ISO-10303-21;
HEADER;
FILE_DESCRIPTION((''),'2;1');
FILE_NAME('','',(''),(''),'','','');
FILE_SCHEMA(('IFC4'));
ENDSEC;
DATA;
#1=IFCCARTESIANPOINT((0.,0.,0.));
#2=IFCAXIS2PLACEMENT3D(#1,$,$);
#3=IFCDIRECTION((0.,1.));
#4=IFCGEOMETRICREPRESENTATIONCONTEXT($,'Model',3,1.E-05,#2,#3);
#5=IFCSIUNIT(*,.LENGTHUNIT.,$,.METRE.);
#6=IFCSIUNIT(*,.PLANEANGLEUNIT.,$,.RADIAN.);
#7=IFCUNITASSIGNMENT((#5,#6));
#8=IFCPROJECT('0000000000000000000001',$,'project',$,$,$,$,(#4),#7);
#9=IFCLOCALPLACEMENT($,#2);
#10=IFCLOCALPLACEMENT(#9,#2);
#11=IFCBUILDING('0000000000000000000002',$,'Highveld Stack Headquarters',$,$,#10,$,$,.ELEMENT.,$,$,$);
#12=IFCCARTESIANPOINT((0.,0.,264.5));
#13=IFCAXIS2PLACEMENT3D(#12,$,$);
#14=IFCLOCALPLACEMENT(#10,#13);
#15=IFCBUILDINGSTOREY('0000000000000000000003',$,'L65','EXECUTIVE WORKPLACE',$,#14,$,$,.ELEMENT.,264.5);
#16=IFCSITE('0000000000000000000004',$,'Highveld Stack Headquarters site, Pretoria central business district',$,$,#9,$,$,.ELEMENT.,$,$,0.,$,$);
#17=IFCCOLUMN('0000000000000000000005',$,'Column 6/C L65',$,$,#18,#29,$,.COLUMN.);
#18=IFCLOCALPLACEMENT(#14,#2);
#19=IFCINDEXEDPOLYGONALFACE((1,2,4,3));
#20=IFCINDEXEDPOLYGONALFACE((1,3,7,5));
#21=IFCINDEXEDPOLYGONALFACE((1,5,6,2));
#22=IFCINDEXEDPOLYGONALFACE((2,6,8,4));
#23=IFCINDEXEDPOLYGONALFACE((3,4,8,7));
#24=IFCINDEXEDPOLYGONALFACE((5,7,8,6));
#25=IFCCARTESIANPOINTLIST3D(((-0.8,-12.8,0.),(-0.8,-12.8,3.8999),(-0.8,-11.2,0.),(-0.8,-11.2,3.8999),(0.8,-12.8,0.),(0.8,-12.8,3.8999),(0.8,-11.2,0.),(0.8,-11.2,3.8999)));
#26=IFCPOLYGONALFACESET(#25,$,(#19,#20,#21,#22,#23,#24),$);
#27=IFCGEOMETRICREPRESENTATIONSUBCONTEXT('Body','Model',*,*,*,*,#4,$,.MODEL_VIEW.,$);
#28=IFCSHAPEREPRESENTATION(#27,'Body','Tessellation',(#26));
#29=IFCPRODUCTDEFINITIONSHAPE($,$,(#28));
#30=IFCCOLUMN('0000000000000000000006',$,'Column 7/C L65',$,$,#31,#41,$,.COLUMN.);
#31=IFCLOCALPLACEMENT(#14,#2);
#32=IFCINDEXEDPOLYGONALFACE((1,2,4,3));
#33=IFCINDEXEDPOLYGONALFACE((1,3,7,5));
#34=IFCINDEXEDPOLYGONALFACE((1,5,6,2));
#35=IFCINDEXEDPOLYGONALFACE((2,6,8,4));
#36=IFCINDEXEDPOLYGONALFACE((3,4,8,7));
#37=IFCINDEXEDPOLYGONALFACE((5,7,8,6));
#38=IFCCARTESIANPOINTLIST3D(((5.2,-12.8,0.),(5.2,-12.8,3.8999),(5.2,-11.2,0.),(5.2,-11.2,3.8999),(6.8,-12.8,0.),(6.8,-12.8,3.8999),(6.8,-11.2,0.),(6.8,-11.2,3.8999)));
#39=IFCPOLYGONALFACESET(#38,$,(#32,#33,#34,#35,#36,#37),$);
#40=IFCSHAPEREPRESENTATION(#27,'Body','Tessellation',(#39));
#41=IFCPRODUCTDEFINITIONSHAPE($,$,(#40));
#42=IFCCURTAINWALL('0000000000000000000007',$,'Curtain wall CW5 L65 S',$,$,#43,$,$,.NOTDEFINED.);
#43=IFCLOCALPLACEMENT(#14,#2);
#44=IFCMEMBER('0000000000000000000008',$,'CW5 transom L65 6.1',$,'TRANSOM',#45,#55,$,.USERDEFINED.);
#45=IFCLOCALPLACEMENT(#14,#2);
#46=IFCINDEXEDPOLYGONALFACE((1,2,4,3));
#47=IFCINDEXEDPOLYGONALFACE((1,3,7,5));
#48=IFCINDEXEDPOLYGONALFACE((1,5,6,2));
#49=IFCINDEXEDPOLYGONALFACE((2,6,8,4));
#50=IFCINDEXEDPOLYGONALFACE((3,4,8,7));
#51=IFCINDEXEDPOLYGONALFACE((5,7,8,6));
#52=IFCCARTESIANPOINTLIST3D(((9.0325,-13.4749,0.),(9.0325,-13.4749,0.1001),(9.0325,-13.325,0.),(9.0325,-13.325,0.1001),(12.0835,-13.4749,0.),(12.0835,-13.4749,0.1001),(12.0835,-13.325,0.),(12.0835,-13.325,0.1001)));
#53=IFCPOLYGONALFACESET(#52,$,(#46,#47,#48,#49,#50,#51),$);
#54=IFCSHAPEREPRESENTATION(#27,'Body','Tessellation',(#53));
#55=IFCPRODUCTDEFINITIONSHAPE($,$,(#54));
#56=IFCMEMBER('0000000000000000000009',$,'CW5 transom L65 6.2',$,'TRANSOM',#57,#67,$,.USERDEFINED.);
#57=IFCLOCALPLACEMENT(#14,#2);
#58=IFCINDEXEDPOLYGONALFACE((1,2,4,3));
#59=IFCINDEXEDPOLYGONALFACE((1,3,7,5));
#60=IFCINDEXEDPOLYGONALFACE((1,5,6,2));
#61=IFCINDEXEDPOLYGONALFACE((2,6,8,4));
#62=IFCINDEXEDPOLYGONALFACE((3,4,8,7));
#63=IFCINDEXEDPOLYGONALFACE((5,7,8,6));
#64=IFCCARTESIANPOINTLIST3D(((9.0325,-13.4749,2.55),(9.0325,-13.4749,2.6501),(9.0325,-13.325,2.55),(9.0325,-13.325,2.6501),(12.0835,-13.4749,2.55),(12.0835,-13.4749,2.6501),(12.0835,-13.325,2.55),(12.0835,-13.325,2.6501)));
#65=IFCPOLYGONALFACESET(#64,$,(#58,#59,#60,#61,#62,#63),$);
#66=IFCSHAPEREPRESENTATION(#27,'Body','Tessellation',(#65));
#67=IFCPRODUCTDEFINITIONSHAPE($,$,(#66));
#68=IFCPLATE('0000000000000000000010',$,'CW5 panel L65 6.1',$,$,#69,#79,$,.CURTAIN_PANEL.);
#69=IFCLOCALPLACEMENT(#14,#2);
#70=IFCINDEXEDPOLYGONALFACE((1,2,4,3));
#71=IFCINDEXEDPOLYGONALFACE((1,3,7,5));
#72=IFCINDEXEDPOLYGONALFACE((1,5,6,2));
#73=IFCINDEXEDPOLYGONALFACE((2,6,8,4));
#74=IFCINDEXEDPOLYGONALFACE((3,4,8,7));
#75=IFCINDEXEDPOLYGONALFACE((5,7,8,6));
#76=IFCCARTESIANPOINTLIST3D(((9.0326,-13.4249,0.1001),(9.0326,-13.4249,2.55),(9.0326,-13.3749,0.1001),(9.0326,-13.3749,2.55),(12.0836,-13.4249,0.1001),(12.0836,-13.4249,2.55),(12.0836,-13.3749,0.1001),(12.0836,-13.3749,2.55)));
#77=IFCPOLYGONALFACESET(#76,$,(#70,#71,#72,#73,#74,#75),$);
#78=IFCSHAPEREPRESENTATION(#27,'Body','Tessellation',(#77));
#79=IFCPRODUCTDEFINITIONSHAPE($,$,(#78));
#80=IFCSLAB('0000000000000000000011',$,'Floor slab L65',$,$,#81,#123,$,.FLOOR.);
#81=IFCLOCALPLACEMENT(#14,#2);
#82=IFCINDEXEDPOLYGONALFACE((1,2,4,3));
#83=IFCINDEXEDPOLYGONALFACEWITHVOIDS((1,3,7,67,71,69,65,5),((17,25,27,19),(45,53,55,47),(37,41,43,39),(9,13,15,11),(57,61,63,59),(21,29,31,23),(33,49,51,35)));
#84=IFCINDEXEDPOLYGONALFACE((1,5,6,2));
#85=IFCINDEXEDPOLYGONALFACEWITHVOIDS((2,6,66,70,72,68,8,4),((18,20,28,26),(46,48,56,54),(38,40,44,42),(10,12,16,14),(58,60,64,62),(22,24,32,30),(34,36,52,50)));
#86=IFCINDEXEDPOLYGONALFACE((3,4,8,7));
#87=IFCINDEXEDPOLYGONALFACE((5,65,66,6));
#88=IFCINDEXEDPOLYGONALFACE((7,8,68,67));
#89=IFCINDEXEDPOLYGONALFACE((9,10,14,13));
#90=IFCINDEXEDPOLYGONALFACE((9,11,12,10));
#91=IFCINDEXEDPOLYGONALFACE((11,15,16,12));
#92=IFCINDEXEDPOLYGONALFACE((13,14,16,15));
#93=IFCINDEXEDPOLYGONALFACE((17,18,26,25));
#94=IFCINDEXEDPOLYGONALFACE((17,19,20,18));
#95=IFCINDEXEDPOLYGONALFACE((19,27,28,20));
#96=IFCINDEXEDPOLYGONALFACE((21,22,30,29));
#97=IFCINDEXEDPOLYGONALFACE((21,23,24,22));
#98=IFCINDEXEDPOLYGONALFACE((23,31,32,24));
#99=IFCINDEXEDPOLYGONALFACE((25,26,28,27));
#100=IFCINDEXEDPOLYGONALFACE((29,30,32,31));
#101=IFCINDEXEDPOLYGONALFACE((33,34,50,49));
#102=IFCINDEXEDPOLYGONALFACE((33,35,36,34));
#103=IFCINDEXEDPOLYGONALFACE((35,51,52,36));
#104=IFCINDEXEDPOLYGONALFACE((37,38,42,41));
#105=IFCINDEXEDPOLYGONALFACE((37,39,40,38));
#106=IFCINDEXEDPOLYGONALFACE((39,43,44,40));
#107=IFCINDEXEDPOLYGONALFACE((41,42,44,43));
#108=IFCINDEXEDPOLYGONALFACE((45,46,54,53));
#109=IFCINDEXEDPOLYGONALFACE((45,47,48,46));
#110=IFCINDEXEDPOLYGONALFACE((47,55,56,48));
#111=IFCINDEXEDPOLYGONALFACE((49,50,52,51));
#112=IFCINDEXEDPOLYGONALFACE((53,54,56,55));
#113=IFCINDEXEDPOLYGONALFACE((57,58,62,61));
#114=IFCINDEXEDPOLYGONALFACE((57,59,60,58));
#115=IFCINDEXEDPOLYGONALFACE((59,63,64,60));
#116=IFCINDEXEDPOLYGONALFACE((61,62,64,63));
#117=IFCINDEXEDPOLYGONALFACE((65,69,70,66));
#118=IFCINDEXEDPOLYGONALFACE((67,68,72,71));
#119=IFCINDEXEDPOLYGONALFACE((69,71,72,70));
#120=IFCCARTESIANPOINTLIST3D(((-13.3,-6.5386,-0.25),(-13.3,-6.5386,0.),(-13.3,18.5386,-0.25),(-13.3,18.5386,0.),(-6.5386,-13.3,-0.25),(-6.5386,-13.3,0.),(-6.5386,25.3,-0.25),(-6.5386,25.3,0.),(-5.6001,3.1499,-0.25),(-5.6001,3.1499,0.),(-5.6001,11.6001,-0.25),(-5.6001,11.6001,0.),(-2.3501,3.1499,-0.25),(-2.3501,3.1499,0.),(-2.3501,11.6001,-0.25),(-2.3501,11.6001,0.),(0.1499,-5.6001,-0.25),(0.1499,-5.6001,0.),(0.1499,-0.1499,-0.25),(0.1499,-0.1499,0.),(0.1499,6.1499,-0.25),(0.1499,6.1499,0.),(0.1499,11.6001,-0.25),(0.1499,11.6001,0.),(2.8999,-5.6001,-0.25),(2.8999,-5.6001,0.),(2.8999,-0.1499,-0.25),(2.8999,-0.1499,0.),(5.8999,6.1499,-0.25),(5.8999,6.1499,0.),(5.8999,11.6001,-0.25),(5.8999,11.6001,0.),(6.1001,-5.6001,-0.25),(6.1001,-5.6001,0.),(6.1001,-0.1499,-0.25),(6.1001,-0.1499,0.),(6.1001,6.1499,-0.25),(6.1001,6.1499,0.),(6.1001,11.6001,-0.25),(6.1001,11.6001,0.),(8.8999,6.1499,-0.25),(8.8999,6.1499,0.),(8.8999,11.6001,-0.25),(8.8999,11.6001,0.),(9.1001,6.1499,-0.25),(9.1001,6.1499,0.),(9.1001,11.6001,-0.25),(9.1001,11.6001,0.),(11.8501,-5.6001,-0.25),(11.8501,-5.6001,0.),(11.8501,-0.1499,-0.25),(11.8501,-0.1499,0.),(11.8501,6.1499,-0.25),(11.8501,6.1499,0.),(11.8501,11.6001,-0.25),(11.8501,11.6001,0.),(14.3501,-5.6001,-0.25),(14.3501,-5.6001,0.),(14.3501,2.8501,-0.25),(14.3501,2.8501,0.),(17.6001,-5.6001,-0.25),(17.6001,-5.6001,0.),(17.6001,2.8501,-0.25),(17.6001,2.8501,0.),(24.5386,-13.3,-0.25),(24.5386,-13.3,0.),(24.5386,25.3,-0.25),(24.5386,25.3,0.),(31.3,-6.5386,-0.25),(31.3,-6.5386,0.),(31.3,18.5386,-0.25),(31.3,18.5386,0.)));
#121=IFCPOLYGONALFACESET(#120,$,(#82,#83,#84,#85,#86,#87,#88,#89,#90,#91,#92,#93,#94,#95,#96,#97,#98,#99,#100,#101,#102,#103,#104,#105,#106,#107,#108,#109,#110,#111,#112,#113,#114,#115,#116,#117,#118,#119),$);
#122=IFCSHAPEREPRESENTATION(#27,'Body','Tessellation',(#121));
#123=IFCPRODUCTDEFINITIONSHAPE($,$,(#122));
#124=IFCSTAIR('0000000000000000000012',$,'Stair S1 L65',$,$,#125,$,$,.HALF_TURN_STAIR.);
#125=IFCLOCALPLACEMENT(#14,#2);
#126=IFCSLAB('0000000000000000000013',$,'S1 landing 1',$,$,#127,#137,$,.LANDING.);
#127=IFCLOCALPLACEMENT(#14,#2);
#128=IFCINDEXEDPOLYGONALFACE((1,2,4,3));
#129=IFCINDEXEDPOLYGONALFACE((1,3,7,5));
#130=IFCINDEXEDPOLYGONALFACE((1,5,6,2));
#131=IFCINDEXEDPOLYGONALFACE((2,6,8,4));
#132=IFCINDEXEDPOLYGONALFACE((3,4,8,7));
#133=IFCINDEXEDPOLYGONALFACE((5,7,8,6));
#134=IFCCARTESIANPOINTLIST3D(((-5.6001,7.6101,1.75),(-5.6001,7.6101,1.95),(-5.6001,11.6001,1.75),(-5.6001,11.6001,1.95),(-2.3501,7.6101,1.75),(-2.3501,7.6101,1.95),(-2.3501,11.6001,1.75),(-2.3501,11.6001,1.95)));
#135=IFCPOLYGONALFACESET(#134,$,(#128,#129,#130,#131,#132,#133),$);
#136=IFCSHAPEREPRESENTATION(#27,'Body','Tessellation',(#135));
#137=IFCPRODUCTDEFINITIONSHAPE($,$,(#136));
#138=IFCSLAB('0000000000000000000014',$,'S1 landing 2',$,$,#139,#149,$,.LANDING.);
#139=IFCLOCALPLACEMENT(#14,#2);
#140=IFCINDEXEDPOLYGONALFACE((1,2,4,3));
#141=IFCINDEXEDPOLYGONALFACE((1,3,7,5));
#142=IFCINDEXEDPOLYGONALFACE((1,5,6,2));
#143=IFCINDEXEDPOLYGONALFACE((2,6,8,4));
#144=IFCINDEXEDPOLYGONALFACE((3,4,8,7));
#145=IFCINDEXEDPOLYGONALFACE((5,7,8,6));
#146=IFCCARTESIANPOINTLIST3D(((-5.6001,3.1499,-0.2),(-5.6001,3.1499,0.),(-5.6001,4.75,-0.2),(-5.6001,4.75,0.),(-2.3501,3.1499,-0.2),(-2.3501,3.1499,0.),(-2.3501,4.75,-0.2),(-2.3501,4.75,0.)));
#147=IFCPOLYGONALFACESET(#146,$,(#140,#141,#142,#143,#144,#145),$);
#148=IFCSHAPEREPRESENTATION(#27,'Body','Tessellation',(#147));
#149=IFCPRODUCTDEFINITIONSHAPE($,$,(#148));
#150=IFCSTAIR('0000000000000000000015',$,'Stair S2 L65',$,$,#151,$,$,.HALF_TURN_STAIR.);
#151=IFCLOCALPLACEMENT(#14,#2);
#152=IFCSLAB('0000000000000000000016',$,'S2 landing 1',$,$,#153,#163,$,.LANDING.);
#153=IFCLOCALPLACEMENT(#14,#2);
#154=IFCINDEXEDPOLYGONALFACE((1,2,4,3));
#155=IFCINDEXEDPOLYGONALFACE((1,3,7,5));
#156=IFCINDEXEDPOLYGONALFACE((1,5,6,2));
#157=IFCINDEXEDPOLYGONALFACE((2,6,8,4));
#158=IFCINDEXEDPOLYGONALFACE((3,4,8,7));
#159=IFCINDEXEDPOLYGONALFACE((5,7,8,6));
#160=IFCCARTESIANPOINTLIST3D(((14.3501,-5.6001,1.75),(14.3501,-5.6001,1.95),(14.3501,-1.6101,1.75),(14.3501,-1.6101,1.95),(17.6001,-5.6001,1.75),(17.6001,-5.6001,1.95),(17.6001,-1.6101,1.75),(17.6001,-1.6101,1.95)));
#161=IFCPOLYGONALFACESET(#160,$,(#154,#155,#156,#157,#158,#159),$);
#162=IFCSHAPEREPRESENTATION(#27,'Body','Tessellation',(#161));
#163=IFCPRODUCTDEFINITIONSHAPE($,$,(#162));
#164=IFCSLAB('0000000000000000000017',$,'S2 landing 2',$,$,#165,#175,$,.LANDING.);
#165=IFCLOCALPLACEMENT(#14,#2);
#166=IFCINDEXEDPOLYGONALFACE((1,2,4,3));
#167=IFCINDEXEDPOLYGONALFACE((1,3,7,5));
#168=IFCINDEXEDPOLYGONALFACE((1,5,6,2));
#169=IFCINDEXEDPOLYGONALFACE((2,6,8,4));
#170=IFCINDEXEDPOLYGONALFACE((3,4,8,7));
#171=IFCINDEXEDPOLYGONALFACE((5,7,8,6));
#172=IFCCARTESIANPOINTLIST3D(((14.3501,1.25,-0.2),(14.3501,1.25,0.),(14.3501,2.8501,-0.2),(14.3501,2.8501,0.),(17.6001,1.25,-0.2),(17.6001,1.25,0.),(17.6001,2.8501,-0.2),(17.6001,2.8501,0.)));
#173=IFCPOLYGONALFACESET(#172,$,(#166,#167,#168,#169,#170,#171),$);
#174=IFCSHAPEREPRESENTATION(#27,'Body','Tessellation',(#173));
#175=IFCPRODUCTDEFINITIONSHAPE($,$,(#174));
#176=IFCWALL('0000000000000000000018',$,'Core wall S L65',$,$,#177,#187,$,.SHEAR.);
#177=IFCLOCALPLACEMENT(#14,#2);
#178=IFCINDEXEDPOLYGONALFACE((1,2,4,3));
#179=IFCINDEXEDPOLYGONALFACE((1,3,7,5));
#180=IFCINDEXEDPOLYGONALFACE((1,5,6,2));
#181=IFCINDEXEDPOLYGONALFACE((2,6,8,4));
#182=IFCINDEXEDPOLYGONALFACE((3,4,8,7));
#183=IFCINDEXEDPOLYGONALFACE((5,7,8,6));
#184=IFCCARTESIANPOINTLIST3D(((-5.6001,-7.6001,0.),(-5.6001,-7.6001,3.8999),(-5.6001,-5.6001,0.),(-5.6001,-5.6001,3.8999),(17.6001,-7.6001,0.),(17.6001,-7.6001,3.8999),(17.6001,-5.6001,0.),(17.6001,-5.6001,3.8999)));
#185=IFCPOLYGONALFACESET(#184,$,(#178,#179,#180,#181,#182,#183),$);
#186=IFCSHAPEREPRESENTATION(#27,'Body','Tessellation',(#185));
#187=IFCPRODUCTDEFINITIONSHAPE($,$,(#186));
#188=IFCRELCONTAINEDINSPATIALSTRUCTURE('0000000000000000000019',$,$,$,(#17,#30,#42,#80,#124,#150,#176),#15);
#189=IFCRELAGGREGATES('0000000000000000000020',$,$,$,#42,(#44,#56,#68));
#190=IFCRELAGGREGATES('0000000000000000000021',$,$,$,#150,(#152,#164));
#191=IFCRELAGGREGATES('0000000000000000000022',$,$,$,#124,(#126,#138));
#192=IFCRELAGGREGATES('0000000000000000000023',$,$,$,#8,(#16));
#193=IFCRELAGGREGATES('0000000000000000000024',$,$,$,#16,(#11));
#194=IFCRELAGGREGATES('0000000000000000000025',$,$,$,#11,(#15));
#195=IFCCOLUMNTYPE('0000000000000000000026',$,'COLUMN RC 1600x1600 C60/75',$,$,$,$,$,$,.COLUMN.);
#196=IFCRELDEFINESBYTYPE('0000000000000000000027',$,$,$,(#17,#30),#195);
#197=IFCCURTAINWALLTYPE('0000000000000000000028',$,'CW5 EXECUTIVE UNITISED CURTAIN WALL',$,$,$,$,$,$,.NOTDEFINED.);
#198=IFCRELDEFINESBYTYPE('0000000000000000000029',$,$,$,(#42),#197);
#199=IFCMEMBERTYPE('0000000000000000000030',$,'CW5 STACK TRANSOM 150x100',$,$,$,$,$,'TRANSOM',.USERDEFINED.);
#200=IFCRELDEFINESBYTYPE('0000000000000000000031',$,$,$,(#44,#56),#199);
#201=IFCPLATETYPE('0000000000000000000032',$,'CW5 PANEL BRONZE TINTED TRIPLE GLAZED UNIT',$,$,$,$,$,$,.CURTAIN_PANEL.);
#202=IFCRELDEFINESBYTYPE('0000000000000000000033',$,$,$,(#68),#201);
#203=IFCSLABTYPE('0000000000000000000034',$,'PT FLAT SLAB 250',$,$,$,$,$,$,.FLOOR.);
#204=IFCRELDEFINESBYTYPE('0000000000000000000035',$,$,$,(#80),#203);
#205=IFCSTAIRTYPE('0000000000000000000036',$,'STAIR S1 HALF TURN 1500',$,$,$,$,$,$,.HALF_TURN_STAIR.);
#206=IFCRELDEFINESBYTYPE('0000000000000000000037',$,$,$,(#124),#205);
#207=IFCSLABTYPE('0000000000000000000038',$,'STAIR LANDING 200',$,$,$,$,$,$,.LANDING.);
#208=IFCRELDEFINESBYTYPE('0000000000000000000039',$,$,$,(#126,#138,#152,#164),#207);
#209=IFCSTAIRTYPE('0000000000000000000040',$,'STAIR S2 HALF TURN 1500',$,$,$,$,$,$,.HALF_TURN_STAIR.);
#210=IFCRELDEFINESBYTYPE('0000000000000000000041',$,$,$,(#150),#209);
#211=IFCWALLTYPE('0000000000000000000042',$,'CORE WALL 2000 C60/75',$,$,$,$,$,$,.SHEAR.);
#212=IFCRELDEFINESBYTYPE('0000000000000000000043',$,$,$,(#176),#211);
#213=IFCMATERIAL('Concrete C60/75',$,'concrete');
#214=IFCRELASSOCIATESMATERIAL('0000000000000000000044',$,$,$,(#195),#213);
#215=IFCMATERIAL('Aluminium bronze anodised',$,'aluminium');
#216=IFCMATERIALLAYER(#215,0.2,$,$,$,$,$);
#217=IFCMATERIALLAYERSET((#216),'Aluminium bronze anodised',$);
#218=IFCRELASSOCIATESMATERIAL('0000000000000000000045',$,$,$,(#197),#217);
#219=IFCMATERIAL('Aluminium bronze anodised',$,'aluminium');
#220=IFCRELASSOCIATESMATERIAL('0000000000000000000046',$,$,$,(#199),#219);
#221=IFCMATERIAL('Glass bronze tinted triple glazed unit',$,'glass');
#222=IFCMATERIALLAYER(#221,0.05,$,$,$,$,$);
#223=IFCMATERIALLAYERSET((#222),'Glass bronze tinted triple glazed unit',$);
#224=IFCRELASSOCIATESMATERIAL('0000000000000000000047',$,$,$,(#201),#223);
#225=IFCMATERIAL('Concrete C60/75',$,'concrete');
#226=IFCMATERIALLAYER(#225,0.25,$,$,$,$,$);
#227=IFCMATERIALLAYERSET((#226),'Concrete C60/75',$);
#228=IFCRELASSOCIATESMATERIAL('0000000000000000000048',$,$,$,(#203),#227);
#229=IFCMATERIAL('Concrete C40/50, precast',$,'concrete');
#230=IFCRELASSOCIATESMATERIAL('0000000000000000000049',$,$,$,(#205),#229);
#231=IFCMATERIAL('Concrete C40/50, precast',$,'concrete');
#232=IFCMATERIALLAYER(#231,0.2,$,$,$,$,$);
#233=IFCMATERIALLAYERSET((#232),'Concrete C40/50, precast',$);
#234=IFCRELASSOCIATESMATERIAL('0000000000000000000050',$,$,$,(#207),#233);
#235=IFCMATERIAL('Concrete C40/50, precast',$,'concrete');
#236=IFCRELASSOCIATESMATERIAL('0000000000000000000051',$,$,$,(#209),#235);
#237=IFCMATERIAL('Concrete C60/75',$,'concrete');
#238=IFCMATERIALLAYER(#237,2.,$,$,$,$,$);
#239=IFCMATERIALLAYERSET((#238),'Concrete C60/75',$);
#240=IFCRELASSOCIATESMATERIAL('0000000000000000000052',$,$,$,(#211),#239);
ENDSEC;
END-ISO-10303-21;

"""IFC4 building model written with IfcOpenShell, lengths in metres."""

from ifc_helpers import new_model, si_unit, direction, frame, frame_2d, origin, origin_2d, place, context, subcontext, project, spatial, polyline, rectangle, outline, extrude, material, layer, layer_set, material_profile, profile_set, type_object, element, aggregate, save


model = new_model("IFC4")

# Units and contexts
model_context = context("Model", 3, precision=1e-05, world=origin(), true_north=direction((0.0, 1.0)))
body_context = subcontext(model_context, "Body", "Model", "MODEL_VIEW")
ifc_project = project(units=[si_unit("LENGTHUNIT", "METRE"), si_unit("PLANEANGLEUNIT", "RADIAN")], contexts=[model_context])

# Site, building, storey
site_placement = place(None, origin())
site = spatial("IfcSite", under=ifc_project, at=site_placement, Name="Highveld Stack Headquarters site, Pretoria central business district", CompositionType="ELEMENT", RefElevation=0.0)
building_placement = place(site_placement, origin())
building = spatial("IfcBuilding", under=site, at=building_placement, Name="Highveld Stack Headquarters", CompositionType="ELEMENT")
storey_placement = place(building_placement, frame((0.0, 0.0, 264.5)))
storey = spatial("IfcBuildingStorey", under=building, at=storey_placement, Name="L65", Description="EXECUTIVE WORKPLACE", CompositionType="ELEMENT", Elevation=264.5)

# Columns
ifc_material_1 = material(Name="Concrete C60/75", Category="concrete")
ifc_material_profile_1 = material_profile(ifc_material_1, rectangle(XDim=1.6001, YDim=1.6001, at=origin_2d()), Name="RC 1600x1600")
ifc_profile_set_1 = profile_set([ifc_material_profile_1], Name="Concrete C60/75")
column_type = type_object("IfcColumnType", Name="COLUMN RC 1600x1600 C60/75", PredefinedType="COLUMN", material=ifc_profile_set_1)
for number, where, z_axis, x_axis, name in (
    (1, (0.0, -12.0, 0.0), (0.0, 0.0, 1.0), (1.0, 0.0, 0.0), "Column 6/C L65"),
    (2, (6.0, -12.0, 0.0), (0.0, 0.0, 1.0), (1.0, 0.0, 0.0), "Column 7/C L65"),
):
    element("IfcColumn", number, at=place(storey_placement, frame(where, z_axis=z_axis, x_axis=x_axis)), inside=storey, type_object=column_type, Name=name, PredefinedType="COLUMN", context=body_context, shape_type="SweptSolid", body=[
        extrude(rectangle(XDim=1.6001, YDim=1.6001, at=origin_2d()), origin(), (0.0, 0.0, 1.0), 3.8999),
    ])

# Curtain wall, members, plate
ifc_material_2 = material(Name="Aluminium bronze anodised", Category="aluminium")
ifc_layer_1 = layer(ifc_material_2, 0.2)
ifc_layer_set_1 = layer_set([ifc_layer_1], Name="Aluminium bronze anodised")
curtain_wall_type = type_object("IfcCurtainWallType", Name="CW5 EXECUTIVE UNITISED CURTAIN WALL", PredefinedType="NOTDEFINED", material=ifc_layer_set_1)
curtain_wall_placement = place(storey_placement, origin())
curtain_wall = element("IfcCurtainWall", 3, at=curtain_wall_placement, inside=storey, type_object=curtain_wall_type, Name="Curtain wall CW5 L65 S", PredefinedType="NOTDEFINED")
ifc_material_3 = material(Name="Aluminium bronze anodised", Category="aluminium")
ifc_material_profile_2 = material_profile(ifc_material_3, rectangle(XDim=0.1499, YDim=0.1001, at=origin_2d()), Name="CW5 TRANSOM 150x100")
ifc_profile_set_2 = profile_set([ifc_material_profile_2], Name="Aluminium bronze anodised")
member_type = type_object("IfcMemberType", Name="CW5 STACK TRANSOM 150x100", ElementType="TRANSOM", PredefinedType="USERDEFINED", material=ifc_profile_set_2)
member_1_placement = place(storey_placement, frame((9.0325, -13.3999, 0.05), z_axis=(1.0, 0.0, 0.0), x_axis=(0.0, 1.0, 0.0)))
member_1 = element("IfcMember", 4, at=member_1_placement, type_object=member_type, Name="CW5 transom L65 6.1", ObjectType="TRANSOM", PredefinedType="USERDEFINED", context=body_context, shape_type="SweptSolid", body=[
    extrude(rectangle(XDim=0.1499, YDim=0.1001, at=origin_2d()), origin(), (0.0, 0.0, 1.0), 3.051),
])
member_2_placement = place(storey_placement, frame((9.0325, -13.3999, 2.6001), z_axis=(1.0, 0.0, 0.0), x_axis=(0.0, 1.0, 0.0)))
member_2 = element("IfcMember", 5, at=member_2_placement, type_object=member_type, Name="CW5 transom L65 6.2", ObjectType="TRANSOM", PredefinedType="USERDEFINED", context=body_context, shape_type="SweptSolid", body=[
    extrude(rectangle(XDim=0.1499, YDim=0.1001, at=origin_2d()), origin(), (0.0, 0.0, 1.0), 3.051),
])
ifc_material_4 = material(Name="Glass bronze tinted triple glazed unit", Category="glass")
ifc_layer_2 = layer(ifc_material_4, 0.05)
ifc_layer_set_2 = layer_set([ifc_layer_2], Name="Glass bronze tinted triple glazed unit")
plate_type = type_object("IfcPlateType", Name="CW5 PANEL BRONZE TINTED TRIPLE GLAZED UNIT", PredefinedType="CURTAIN_PANEL", material=ifc_layer_set_2)
plate_placement = place(storey_placement, frame((10.5581, -13.3999, 0.1001), z_axis=(0.0, 0.0, 1.0), x_axis=(1.0, 0.0, 0.0)))
plate = element("IfcPlate", 6, at=plate_placement, type_object=plate_type, Name="CW5 panel L65 6.1", PredefinedType="CURTAIN_PANEL", context=body_context, shape_type="SweptSolid", body=[
    extrude(rectangle(XDim=3.051, YDim=0.05, at=origin_2d()), origin(), (0.0, 0.0, 1.0), 2.45),
])
aggregate(curtain_wall, [member_1, member_2, plate])

# Slab
ifc_material_5 = material(Name="Concrete C60/75", Category="concrete")
ifc_layer_3 = layer(ifc_material_5, 0.25)
ifc_layer_set_3 = layer_set([ifc_layer_3], Name="Concrete C60/75")
slab_type_1 = type_object("IfcSlabType", Name="PT FLAT SLAB 250", PredefinedType="FLOOR", material=ifc_layer_set_3)
slab_1_placement = place(storey_placement, frame((0.0, 0.0, -0.25)))
element("IfcSlab", 7, at=slab_1_placement, inside=storey, type_object=slab_type_1, Name="Floor slab L65", PredefinedType="FLOOR", context=body_context, shape_type="SweptSolid", body=[
    extrude(outline(polyline([(-6.5386, -13.3), (24.5386, -13.3), (31.3, -6.5386), (31.3, 18.5386), (24.5386, 25.3), (-6.5386, 25.3), (-13.3, 18.5386), (-13.3, -6.5386), (-6.5386, -13.3)]), holes=[polyline([(0.1499, 6.1499), (5.8999, 6.1499), (5.8999, 11.6001), (0.1499, 11.6001), (0.1499, 6.1499)]), polyline([(9.1001, 6.1499), (11.8501, 6.1499), (11.8501, 11.6001), (9.1001, 11.6001), (9.1001, 6.1499)]), polyline([(6.1001, 6.1499), (8.8999, 6.1499), (8.8999, 11.6001), (6.1001, 11.6001), (6.1001, 6.1499)]), polyline([(6.1001, -5.6001), (11.8501, -5.6001), (11.8501, -0.1499), (6.1001, -0.1499), (6.1001, -5.6001)]), polyline([(0.1499, -5.6001), (2.8999, -5.6001), (2.8999, -0.1499), (0.1499, -0.1499), (0.1499, -5.6001)]), polyline([(-5.6001, 3.1499), (-2.3501, 3.1499), (-2.3501, 11.6001), (-5.6001, 11.6001), (-5.6001, 3.1499)]), polyline([(14.3501, -5.6001), (17.6001, -5.6001), (17.6001, 2.8501), (14.3501, 2.8501), (14.3501, -5.6001)])]), origin(), (0.0, 0.0, 1.0), 0.25),
])

# Stairs, slabs
ifc_material_6 = material(Name="Concrete C40/50, precast", Category="concrete")
stair_type_1 = type_object("IfcStairType", Name="STAIR S1 HALF TURN 1500", PredefinedType="HALF_TURN_STAIR", material=ifc_material_6)
stair_1_placement = place(storey_placement, origin())
stair_1 = element("IfcStair", 8, at=stair_1_placement, inside=storey, type_object=stair_type_1, Name="Stair S1 L65", PredefinedType="HALF_TURN_STAIR")
ifc_material_7 = material(Name="Concrete C40/50, precast", Category="concrete")
ifc_layer_4 = layer(ifc_material_7, 0.2)
ifc_layer_set_4 = layer_set([ifc_layer_4], Name="Concrete C40/50, precast")
slab_type_2 = type_object("IfcSlabType", Name="STAIR LANDING 200", PredefinedType="LANDING", material=ifc_layer_set_4)
slab_2_placement = place(storey_placement, frame((0.0, 0.0, 1.75)))
slab_2 = element("IfcSlab", 9, at=slab_2_placement, type_object=slab_type_2, Name="S1 landing 1", PredefinedType="LANDING", context=body_context, shape_type="SweptSolid", body=[
    extrude(outline(polyline([(-5.6001, 7.6101), (-2.3501, 7.6101), (-2.3501, 11.6001), (-5.6001, 11.6001), (-5.6001, 7.6101)])), origin(), (0.0, 0.0, 1.0), 0.2),
])
slab_3_placement = place(storey_placement, frame((0.0, 0.0, -0.2)))
slab_3 = element("IfcSlab", 10, at=slab_3_placement, type_object=slab_type_2, Name="S1 landing 2", PredefinedType="LANDING", context=body_context, shape_type="SweptSolid", body=[
    extrude(outline(polyline([(-5.6001, 3.1499), (-2.3501, 3.1499), (-2.3501, 4.75), (-5.6001, 4.75), (-5.6001, 3.1499)])), origin(), (0.0, 0.0, 1.0), 0.2),
])
ifc_material_8 = material(Name="Concrete C40/50, precast", Category="concrete")
stair_type_2 = type_object("IfcStairType", Name="STAIR S2 HALF TURN 1500", PredefinedType="HALF_TURN_STAIR", material=ifc_material_8)
stair_2_placement = place(storey_placement, origin())
stair_2 = element("IfcStair", 11, at=stair_2_placement, inside=storey, type_object=stair_type_2, Name="Stair S2 L65", PredefinedType="HALF_TURN_STAIR")
slab_4_placement = place(storey_placement, frame((0.0, 0.0, 1.75)))
slab_4 = element("IfcSlab", 12, at=slab_4_placement, type_object=slab_type_2, Name="S2 landing 1", PredefinedType="LANDING", context=body_context, shape_type="SweptSolid", body=[
    extrude(outline(polyline([(14.3501, -5.6001), (17.6001, -5.6001), (17.6001, -1.6101), (14.3501, -1.6101), (14.3501, -5.6001)])), origin(), (0.0, 0.0, 1.0), 0.2),
])
slab_5_placement = place(storey_placement, frame((0.0, 0.0, -0.2)))
slab_5 = element("IfcSlab", 13, at=slab_5_placement, type_object=slab_type_2, Name="S2 landing 2", PredefinedType="LANDING", context=body_context, shape_type="SweptSolid", body=[
    extrude(outline(polyline([(14.3501, 1.25), (17.6001, 1.25), (17.6001, 2.8501), (14.3501, 2.8501), (14.3501, 1.25)])), origin(), (0.0, 0.0, 1.0), 0.2),
])
aggregate(stair_2, [slab_4, slab_5])

# Wall
ifc_material_9 = material(Name="Concrete C60/75", Category="concrete")
ifc_layer_5 = layer(ifc_material_9, 2.0)
ifc_layer_set_5 = layer_set([ifc_layer_5], Name="Concrete C60/75")
wall_type_1 = type_object("IfcWallType", Name="CORE WALL 2000 C60/75", PredefinedType="SHEAR", material=ifc_layer_set_5)
wall_1_placement = place(storey_placement, frame((-5.6001, -6.6001, 0.0), z_axis=(0.0, 0.0, 1.0), x_axis=(1.0, 0.0, 0.0)))
element("IfcWall", 14, at=wall_1_placement, inside=storey, type_object=wall_type_1, Name="Core wall S L65", PredefinedType="SHEAR", context=body_context, shape_type="SweptSolid", body=[
    extrude(rectangle(XDim=23.2002, YDim=2.0, at=frame_2d((11.6001, 0.0))), origin(), (0.0, 0.0, 1.0), 3.8999),
])

aggregate(stair_1, [slab_2, slab_3])

save(model, "model.ifc")
